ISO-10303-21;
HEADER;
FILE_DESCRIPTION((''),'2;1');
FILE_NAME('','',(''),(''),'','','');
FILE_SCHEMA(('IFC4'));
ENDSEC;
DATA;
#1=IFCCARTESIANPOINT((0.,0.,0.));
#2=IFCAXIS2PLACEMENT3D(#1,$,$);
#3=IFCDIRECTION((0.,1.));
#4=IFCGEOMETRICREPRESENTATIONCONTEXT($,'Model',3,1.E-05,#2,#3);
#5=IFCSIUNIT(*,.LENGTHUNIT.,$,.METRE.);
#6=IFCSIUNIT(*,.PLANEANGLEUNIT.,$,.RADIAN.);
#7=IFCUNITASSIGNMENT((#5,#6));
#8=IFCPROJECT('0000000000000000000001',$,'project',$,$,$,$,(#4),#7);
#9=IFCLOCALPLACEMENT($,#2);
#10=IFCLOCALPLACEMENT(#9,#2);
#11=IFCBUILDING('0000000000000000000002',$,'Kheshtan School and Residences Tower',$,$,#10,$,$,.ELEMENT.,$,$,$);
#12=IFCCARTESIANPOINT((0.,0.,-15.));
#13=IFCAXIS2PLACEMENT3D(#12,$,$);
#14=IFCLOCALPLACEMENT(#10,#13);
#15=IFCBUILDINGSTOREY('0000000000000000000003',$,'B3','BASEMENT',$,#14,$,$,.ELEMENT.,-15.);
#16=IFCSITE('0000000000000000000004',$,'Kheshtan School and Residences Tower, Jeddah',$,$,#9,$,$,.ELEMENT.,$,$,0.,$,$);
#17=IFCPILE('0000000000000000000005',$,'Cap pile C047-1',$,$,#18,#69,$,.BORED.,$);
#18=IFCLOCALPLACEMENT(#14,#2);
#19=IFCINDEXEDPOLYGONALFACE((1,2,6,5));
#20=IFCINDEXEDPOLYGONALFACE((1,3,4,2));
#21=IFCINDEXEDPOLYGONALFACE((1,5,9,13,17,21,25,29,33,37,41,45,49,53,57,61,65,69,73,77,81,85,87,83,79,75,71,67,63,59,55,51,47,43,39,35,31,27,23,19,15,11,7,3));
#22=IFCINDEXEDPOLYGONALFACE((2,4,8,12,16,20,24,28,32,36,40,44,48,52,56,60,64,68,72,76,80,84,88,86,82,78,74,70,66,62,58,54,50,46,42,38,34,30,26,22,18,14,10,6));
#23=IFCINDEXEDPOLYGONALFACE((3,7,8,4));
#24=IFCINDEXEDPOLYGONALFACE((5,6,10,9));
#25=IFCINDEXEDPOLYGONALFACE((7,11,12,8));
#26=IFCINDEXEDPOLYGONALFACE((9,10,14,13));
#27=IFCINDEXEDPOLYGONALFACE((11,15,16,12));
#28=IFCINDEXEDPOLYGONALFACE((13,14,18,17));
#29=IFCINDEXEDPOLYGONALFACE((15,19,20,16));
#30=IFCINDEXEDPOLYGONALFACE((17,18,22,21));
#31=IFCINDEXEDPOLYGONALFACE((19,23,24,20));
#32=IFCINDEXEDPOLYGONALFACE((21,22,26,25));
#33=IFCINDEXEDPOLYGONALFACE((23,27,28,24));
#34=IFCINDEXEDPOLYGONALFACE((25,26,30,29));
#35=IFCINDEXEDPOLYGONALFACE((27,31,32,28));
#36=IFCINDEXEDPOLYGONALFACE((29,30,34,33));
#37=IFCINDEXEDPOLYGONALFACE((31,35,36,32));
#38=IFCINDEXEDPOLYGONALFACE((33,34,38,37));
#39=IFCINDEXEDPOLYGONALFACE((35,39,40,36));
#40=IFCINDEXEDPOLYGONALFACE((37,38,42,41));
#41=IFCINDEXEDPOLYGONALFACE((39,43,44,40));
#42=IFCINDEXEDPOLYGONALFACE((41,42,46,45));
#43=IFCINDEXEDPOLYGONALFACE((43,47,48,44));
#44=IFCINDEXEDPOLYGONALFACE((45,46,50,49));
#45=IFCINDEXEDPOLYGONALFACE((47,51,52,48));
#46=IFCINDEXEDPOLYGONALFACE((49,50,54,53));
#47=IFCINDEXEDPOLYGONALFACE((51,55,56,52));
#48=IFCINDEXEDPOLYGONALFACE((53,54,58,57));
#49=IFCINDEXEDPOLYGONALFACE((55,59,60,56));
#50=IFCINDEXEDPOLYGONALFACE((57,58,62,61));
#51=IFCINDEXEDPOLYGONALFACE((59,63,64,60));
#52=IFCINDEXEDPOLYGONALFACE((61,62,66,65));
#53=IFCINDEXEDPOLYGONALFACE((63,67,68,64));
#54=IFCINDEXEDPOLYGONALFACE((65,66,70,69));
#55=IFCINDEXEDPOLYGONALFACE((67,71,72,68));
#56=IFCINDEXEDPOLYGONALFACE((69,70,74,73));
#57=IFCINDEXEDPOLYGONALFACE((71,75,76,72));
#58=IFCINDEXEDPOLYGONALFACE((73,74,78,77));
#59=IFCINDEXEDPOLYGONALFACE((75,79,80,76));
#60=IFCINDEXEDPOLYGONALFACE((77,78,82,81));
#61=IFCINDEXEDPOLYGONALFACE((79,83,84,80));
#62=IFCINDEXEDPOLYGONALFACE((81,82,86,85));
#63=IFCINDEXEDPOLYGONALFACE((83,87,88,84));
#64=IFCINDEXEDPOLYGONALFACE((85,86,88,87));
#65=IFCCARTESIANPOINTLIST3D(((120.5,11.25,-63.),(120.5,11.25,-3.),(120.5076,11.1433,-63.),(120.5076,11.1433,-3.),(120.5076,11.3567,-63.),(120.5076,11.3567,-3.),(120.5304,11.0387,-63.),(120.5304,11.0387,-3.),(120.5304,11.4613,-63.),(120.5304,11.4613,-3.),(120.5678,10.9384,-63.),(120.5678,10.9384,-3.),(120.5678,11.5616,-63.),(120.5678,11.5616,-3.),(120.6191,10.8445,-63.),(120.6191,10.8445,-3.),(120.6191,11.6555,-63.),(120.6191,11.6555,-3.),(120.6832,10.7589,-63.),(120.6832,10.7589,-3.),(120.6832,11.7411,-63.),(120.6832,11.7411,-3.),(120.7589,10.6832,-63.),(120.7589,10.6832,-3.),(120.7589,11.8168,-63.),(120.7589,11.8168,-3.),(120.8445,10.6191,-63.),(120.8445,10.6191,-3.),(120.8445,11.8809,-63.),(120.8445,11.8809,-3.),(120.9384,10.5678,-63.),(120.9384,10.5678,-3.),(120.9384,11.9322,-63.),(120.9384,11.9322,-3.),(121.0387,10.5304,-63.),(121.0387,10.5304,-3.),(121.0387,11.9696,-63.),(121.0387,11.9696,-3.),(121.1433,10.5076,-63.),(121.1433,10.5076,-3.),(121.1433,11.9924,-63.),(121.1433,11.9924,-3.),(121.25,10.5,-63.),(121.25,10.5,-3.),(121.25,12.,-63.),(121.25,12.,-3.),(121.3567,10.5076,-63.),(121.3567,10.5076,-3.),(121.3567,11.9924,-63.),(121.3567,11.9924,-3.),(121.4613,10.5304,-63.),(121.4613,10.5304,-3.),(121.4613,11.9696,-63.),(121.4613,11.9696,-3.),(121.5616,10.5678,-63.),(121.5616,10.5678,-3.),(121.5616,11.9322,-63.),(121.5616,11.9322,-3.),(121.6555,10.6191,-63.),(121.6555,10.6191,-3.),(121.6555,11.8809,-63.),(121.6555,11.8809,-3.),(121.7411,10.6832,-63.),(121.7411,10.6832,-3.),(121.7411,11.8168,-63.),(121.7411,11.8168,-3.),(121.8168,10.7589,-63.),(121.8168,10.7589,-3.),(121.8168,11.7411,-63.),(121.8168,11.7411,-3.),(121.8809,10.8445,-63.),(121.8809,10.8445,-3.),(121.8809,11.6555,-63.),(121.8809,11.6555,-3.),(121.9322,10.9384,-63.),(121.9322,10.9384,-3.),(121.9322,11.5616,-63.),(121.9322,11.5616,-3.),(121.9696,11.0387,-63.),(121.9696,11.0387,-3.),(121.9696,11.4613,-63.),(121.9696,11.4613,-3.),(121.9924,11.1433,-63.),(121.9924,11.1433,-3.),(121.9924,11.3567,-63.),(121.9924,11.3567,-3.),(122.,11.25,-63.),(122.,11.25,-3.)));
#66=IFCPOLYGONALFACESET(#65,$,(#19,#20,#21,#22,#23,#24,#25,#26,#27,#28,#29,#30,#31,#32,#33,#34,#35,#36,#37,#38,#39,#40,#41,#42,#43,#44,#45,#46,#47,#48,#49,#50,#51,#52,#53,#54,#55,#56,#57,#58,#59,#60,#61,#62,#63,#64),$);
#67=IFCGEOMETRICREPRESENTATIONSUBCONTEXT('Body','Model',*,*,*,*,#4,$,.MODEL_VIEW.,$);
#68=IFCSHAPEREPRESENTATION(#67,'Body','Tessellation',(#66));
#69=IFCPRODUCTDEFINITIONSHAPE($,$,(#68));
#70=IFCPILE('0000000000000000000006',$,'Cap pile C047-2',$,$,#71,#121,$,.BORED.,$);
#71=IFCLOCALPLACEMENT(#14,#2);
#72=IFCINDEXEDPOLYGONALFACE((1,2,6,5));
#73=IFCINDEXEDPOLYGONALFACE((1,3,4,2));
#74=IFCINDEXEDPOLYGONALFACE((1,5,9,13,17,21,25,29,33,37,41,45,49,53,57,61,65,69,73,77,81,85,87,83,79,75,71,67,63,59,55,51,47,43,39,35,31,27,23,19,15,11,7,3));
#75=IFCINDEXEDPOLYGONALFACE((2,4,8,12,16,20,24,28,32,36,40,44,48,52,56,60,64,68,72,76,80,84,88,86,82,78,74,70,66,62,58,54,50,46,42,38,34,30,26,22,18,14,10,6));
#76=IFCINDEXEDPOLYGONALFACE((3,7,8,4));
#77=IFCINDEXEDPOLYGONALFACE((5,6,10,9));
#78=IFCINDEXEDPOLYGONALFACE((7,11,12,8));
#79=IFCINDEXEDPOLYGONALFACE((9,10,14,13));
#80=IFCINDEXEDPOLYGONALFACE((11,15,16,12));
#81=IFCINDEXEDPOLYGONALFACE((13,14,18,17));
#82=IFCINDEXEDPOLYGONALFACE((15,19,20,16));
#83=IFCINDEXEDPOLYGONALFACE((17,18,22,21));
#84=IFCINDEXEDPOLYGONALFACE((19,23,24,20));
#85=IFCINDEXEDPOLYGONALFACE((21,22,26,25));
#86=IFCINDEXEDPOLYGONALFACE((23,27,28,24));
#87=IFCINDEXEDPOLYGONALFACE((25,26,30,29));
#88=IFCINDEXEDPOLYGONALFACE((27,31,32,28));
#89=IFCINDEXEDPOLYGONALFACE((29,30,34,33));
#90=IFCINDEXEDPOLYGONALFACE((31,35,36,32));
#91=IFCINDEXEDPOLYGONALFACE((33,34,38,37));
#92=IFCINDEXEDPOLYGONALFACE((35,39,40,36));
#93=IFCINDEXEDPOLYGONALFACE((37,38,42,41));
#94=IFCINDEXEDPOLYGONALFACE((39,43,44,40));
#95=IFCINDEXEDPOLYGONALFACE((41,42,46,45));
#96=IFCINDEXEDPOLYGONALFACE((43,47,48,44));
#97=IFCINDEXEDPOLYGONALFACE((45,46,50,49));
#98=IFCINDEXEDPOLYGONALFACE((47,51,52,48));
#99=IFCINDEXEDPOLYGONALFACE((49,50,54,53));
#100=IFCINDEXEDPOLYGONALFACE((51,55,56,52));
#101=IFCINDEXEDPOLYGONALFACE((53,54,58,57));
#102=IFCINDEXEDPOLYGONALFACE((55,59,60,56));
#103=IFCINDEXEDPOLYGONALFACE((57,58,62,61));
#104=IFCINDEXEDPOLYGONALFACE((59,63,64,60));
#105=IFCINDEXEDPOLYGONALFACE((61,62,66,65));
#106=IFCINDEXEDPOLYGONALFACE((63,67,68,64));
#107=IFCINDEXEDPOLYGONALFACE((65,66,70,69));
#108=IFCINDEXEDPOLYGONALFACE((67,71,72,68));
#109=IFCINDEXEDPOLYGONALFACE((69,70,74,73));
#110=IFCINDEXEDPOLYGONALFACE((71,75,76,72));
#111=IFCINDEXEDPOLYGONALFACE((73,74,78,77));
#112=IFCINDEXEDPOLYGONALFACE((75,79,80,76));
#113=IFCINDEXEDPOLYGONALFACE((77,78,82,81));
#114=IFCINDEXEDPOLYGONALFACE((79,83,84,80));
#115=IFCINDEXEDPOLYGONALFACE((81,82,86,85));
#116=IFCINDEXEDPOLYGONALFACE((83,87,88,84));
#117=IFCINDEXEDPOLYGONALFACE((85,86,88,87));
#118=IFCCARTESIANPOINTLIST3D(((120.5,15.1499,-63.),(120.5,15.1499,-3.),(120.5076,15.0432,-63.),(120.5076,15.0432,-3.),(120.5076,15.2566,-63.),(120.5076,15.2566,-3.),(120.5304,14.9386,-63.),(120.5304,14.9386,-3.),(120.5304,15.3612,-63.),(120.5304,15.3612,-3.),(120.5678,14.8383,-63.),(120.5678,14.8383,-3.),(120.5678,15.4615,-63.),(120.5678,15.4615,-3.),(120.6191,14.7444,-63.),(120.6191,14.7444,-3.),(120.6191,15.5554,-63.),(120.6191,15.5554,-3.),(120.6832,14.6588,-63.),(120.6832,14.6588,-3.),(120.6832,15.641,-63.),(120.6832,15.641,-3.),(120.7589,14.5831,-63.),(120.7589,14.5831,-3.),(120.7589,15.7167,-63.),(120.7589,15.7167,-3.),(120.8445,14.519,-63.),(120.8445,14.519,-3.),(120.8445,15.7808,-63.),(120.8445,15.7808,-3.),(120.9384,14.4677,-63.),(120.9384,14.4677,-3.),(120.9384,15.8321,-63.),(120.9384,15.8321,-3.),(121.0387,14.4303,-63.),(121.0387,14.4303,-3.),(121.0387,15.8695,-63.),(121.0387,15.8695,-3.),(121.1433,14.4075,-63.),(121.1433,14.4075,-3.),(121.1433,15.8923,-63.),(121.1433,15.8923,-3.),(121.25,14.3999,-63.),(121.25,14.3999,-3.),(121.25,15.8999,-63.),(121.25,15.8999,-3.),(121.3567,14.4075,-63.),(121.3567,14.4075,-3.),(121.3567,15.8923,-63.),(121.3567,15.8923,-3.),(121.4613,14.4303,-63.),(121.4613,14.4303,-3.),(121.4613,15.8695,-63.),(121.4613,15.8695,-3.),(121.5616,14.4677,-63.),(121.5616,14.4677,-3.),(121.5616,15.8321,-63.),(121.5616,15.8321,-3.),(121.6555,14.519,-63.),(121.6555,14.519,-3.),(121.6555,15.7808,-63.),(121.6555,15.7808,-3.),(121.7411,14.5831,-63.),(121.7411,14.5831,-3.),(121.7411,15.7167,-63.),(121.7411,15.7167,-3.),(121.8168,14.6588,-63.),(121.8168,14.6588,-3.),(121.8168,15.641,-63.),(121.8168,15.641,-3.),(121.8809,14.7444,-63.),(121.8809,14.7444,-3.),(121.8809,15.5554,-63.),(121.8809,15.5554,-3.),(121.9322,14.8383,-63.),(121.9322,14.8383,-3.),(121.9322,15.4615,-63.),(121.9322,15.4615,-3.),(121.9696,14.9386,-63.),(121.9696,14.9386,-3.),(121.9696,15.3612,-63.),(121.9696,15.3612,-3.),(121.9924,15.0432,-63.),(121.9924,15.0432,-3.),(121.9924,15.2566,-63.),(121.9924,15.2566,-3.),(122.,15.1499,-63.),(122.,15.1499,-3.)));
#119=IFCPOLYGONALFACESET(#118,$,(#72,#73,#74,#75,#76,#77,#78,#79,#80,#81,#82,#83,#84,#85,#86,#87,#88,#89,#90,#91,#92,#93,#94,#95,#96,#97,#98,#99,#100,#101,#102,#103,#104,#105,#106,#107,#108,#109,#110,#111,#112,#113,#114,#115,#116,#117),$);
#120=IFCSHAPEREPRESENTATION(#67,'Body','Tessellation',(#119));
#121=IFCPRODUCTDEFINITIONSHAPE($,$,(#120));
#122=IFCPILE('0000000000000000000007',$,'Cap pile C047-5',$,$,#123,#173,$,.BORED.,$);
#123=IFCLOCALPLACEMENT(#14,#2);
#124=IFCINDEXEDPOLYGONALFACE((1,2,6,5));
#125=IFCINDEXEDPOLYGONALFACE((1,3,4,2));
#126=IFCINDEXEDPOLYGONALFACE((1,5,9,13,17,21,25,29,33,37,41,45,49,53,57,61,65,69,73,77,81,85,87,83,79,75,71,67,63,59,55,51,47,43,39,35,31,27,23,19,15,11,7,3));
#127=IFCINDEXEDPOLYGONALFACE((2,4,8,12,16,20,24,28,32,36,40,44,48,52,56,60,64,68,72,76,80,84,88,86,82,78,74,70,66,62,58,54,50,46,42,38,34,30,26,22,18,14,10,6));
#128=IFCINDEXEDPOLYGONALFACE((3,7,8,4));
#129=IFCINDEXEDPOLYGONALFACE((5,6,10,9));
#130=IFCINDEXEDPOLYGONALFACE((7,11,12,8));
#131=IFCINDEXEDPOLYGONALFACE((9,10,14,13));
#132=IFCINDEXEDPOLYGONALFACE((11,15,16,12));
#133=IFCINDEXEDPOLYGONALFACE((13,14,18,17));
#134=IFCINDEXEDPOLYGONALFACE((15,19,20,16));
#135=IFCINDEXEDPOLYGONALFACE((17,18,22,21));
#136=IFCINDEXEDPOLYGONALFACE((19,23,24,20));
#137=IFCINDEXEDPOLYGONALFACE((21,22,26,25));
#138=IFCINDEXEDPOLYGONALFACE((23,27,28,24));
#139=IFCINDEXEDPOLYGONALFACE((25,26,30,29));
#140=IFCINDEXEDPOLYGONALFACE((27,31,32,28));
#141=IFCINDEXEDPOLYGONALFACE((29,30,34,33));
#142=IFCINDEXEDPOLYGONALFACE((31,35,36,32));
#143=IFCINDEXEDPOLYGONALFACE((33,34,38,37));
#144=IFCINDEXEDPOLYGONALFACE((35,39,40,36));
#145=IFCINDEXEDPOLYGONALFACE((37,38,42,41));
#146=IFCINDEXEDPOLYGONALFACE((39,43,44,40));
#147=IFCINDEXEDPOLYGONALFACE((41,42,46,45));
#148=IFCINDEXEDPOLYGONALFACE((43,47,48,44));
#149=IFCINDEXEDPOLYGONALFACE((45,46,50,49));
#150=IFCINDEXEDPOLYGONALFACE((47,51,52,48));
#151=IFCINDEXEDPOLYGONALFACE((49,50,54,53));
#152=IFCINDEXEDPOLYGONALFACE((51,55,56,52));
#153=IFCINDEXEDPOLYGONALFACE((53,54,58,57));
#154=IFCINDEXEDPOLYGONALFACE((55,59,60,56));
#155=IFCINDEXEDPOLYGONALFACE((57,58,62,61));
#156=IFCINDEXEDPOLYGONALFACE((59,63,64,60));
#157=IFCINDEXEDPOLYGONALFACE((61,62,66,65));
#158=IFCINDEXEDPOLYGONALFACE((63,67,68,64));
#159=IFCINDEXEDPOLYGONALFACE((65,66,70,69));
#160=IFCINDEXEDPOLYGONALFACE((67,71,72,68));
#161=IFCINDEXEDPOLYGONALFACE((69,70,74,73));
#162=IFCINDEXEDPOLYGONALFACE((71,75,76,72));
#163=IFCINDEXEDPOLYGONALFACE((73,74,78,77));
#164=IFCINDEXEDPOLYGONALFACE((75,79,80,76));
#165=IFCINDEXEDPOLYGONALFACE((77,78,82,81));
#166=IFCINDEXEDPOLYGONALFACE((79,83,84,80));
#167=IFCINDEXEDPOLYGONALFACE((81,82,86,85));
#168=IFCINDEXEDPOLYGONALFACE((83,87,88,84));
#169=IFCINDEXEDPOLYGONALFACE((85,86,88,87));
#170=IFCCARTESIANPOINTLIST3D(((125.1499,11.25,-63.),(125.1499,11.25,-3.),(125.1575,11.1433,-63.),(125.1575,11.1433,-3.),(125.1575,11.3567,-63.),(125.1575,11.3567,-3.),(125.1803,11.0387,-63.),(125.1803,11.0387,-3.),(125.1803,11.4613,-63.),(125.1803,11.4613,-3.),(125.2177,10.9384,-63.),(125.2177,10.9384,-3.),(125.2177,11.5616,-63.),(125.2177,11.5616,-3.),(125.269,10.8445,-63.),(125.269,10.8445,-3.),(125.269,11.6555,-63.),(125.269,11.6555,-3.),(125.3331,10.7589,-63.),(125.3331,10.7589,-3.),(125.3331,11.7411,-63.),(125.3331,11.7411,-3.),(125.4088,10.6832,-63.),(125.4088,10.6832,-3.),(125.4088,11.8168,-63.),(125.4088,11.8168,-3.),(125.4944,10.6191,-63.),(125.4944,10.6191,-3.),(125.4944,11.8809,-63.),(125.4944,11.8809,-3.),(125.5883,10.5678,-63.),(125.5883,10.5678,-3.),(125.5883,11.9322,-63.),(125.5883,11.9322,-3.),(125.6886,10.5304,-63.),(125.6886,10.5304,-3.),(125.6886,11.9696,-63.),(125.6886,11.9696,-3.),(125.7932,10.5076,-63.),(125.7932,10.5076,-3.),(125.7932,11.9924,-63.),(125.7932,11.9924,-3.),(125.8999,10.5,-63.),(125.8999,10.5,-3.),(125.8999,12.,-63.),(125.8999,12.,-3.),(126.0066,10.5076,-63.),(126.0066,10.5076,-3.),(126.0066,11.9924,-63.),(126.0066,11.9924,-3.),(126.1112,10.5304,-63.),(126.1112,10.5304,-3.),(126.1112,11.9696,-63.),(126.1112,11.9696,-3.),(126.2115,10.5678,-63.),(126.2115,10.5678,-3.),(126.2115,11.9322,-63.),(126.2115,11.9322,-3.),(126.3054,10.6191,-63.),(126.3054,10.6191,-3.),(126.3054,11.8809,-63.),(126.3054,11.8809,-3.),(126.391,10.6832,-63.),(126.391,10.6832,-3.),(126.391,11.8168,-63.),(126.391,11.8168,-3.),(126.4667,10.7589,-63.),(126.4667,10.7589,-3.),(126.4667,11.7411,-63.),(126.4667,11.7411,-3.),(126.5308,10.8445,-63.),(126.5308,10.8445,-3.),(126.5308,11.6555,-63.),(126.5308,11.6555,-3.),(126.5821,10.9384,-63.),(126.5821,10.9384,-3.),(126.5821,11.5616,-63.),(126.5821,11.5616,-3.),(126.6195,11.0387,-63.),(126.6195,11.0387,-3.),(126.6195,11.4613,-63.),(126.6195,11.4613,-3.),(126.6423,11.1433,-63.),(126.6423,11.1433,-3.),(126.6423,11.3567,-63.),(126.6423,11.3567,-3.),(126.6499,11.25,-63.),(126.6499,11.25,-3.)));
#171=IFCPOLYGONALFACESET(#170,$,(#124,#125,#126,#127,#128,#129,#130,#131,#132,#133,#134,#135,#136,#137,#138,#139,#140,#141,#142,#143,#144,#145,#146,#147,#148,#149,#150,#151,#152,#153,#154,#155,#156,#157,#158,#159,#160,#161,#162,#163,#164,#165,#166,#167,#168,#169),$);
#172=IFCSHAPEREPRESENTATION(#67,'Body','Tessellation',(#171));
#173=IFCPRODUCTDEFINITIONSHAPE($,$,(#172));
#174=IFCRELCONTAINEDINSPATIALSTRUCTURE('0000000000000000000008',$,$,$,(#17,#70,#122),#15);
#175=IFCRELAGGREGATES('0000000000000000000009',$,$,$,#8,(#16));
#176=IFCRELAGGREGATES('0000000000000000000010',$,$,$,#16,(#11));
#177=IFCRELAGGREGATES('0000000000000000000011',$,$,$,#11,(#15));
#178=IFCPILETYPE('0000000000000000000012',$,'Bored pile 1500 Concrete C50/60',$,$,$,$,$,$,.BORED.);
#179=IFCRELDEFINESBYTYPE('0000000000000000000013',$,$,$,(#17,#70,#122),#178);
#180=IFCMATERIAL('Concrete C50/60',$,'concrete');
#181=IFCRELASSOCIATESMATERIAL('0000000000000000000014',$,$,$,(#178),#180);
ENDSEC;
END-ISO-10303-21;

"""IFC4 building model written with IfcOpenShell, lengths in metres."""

from ifc_helpers import new_model, si_unit, direction, frame, origin, origin_2d, place, context, subcontext, project, spatial, circle, extrude, material, material_profile, profile_set, type_object, element, save


model = new_model("IFC4")

# Units and contexts
model_context = context("Model", 3, precision=1e-05, world=origin(), true_north=direction((0.0, 1.0)))
body_context = subcontext(model_context, "Body", "Model", "MODEL_VIEW")
ifc_project = project(units=[si_unit("LENGTHUNIT", "METRE"), si_unit("PLANEANGLEUNIT", "RADIAN")], contexts=[model_context])

# Site, building, storey
site_placement = place(None, origin())
site = spatial("IfcSite", under=ifc_project, at=site_placement, Name="Kheshtan School and Residences Tower, Jeddah", CompositionType="ELEMENT", RefElevation=0.0)
building_placement = place(site_placement, origin())
building = spatial("IfcBuilding", under=site, at=building_placement, Name="Kheshtan School and Residences Tower", CompositionType="ELEMENT")
storey_placement = place(building_placement, frame((0.0, 0.0, -15.0)))
storey = spatial("IfcBuildingStorey", under=building, at=storey_placement, Name="B3", Description="BASEMENT", CompositionType="ELEMENT", Elevation=-15.0)

# Piles
ifc_material_1 = material(Name="Concrete C50/60", Category="concrete")
ifc_material_profile_1 = material_profile(ifc_material_1, circle(Radius=0.75, at=origin_2d()), Name="BP 1500")
ifc_profile_set_1 = profile_set([ifc_material_profile_1], Name="Concrete C50/60")
pile_type_1 = type_object("IfcPileType", Name="Bored pile 1500 Concrete C50/60", PredefinedType="BORED", material=ifc_profile_set_1)
for number, where, z_axis, x_axis, name in (
    (1, (121.25, 11.25, -3.0), (0.0, 0.0, -1.0), (1.0, 0.0, 0.0), "Cap pile C047-1"),
    (2, (121.25, 15.1499, -3.0), (0.0, 0.0, -1.0), (1.0, 0.0, 0.0), "Cap pile C047-2"),
    (3, (125.8999, 11.25, -3.0), (0.0, 0.0, -1.0), (1.0, 0.0, 0.0), "Cap pile C047-5"),
):
    element("IfcPile", number, at=place(storey_placement, frame(where, z_axis=z_axis, x_axis=x_axis)), inside=storey, type_object=pile_type_1, Name=name, PredefinedType="BORED", context=body_context, shape_type="SweptSolid", body=[
        extrude(circle(Radius=0.75, at=origin_2d()), origin(), (0.0, 0.0, 1.0), 60.0),
    ])

save(model, "model.ifc")
